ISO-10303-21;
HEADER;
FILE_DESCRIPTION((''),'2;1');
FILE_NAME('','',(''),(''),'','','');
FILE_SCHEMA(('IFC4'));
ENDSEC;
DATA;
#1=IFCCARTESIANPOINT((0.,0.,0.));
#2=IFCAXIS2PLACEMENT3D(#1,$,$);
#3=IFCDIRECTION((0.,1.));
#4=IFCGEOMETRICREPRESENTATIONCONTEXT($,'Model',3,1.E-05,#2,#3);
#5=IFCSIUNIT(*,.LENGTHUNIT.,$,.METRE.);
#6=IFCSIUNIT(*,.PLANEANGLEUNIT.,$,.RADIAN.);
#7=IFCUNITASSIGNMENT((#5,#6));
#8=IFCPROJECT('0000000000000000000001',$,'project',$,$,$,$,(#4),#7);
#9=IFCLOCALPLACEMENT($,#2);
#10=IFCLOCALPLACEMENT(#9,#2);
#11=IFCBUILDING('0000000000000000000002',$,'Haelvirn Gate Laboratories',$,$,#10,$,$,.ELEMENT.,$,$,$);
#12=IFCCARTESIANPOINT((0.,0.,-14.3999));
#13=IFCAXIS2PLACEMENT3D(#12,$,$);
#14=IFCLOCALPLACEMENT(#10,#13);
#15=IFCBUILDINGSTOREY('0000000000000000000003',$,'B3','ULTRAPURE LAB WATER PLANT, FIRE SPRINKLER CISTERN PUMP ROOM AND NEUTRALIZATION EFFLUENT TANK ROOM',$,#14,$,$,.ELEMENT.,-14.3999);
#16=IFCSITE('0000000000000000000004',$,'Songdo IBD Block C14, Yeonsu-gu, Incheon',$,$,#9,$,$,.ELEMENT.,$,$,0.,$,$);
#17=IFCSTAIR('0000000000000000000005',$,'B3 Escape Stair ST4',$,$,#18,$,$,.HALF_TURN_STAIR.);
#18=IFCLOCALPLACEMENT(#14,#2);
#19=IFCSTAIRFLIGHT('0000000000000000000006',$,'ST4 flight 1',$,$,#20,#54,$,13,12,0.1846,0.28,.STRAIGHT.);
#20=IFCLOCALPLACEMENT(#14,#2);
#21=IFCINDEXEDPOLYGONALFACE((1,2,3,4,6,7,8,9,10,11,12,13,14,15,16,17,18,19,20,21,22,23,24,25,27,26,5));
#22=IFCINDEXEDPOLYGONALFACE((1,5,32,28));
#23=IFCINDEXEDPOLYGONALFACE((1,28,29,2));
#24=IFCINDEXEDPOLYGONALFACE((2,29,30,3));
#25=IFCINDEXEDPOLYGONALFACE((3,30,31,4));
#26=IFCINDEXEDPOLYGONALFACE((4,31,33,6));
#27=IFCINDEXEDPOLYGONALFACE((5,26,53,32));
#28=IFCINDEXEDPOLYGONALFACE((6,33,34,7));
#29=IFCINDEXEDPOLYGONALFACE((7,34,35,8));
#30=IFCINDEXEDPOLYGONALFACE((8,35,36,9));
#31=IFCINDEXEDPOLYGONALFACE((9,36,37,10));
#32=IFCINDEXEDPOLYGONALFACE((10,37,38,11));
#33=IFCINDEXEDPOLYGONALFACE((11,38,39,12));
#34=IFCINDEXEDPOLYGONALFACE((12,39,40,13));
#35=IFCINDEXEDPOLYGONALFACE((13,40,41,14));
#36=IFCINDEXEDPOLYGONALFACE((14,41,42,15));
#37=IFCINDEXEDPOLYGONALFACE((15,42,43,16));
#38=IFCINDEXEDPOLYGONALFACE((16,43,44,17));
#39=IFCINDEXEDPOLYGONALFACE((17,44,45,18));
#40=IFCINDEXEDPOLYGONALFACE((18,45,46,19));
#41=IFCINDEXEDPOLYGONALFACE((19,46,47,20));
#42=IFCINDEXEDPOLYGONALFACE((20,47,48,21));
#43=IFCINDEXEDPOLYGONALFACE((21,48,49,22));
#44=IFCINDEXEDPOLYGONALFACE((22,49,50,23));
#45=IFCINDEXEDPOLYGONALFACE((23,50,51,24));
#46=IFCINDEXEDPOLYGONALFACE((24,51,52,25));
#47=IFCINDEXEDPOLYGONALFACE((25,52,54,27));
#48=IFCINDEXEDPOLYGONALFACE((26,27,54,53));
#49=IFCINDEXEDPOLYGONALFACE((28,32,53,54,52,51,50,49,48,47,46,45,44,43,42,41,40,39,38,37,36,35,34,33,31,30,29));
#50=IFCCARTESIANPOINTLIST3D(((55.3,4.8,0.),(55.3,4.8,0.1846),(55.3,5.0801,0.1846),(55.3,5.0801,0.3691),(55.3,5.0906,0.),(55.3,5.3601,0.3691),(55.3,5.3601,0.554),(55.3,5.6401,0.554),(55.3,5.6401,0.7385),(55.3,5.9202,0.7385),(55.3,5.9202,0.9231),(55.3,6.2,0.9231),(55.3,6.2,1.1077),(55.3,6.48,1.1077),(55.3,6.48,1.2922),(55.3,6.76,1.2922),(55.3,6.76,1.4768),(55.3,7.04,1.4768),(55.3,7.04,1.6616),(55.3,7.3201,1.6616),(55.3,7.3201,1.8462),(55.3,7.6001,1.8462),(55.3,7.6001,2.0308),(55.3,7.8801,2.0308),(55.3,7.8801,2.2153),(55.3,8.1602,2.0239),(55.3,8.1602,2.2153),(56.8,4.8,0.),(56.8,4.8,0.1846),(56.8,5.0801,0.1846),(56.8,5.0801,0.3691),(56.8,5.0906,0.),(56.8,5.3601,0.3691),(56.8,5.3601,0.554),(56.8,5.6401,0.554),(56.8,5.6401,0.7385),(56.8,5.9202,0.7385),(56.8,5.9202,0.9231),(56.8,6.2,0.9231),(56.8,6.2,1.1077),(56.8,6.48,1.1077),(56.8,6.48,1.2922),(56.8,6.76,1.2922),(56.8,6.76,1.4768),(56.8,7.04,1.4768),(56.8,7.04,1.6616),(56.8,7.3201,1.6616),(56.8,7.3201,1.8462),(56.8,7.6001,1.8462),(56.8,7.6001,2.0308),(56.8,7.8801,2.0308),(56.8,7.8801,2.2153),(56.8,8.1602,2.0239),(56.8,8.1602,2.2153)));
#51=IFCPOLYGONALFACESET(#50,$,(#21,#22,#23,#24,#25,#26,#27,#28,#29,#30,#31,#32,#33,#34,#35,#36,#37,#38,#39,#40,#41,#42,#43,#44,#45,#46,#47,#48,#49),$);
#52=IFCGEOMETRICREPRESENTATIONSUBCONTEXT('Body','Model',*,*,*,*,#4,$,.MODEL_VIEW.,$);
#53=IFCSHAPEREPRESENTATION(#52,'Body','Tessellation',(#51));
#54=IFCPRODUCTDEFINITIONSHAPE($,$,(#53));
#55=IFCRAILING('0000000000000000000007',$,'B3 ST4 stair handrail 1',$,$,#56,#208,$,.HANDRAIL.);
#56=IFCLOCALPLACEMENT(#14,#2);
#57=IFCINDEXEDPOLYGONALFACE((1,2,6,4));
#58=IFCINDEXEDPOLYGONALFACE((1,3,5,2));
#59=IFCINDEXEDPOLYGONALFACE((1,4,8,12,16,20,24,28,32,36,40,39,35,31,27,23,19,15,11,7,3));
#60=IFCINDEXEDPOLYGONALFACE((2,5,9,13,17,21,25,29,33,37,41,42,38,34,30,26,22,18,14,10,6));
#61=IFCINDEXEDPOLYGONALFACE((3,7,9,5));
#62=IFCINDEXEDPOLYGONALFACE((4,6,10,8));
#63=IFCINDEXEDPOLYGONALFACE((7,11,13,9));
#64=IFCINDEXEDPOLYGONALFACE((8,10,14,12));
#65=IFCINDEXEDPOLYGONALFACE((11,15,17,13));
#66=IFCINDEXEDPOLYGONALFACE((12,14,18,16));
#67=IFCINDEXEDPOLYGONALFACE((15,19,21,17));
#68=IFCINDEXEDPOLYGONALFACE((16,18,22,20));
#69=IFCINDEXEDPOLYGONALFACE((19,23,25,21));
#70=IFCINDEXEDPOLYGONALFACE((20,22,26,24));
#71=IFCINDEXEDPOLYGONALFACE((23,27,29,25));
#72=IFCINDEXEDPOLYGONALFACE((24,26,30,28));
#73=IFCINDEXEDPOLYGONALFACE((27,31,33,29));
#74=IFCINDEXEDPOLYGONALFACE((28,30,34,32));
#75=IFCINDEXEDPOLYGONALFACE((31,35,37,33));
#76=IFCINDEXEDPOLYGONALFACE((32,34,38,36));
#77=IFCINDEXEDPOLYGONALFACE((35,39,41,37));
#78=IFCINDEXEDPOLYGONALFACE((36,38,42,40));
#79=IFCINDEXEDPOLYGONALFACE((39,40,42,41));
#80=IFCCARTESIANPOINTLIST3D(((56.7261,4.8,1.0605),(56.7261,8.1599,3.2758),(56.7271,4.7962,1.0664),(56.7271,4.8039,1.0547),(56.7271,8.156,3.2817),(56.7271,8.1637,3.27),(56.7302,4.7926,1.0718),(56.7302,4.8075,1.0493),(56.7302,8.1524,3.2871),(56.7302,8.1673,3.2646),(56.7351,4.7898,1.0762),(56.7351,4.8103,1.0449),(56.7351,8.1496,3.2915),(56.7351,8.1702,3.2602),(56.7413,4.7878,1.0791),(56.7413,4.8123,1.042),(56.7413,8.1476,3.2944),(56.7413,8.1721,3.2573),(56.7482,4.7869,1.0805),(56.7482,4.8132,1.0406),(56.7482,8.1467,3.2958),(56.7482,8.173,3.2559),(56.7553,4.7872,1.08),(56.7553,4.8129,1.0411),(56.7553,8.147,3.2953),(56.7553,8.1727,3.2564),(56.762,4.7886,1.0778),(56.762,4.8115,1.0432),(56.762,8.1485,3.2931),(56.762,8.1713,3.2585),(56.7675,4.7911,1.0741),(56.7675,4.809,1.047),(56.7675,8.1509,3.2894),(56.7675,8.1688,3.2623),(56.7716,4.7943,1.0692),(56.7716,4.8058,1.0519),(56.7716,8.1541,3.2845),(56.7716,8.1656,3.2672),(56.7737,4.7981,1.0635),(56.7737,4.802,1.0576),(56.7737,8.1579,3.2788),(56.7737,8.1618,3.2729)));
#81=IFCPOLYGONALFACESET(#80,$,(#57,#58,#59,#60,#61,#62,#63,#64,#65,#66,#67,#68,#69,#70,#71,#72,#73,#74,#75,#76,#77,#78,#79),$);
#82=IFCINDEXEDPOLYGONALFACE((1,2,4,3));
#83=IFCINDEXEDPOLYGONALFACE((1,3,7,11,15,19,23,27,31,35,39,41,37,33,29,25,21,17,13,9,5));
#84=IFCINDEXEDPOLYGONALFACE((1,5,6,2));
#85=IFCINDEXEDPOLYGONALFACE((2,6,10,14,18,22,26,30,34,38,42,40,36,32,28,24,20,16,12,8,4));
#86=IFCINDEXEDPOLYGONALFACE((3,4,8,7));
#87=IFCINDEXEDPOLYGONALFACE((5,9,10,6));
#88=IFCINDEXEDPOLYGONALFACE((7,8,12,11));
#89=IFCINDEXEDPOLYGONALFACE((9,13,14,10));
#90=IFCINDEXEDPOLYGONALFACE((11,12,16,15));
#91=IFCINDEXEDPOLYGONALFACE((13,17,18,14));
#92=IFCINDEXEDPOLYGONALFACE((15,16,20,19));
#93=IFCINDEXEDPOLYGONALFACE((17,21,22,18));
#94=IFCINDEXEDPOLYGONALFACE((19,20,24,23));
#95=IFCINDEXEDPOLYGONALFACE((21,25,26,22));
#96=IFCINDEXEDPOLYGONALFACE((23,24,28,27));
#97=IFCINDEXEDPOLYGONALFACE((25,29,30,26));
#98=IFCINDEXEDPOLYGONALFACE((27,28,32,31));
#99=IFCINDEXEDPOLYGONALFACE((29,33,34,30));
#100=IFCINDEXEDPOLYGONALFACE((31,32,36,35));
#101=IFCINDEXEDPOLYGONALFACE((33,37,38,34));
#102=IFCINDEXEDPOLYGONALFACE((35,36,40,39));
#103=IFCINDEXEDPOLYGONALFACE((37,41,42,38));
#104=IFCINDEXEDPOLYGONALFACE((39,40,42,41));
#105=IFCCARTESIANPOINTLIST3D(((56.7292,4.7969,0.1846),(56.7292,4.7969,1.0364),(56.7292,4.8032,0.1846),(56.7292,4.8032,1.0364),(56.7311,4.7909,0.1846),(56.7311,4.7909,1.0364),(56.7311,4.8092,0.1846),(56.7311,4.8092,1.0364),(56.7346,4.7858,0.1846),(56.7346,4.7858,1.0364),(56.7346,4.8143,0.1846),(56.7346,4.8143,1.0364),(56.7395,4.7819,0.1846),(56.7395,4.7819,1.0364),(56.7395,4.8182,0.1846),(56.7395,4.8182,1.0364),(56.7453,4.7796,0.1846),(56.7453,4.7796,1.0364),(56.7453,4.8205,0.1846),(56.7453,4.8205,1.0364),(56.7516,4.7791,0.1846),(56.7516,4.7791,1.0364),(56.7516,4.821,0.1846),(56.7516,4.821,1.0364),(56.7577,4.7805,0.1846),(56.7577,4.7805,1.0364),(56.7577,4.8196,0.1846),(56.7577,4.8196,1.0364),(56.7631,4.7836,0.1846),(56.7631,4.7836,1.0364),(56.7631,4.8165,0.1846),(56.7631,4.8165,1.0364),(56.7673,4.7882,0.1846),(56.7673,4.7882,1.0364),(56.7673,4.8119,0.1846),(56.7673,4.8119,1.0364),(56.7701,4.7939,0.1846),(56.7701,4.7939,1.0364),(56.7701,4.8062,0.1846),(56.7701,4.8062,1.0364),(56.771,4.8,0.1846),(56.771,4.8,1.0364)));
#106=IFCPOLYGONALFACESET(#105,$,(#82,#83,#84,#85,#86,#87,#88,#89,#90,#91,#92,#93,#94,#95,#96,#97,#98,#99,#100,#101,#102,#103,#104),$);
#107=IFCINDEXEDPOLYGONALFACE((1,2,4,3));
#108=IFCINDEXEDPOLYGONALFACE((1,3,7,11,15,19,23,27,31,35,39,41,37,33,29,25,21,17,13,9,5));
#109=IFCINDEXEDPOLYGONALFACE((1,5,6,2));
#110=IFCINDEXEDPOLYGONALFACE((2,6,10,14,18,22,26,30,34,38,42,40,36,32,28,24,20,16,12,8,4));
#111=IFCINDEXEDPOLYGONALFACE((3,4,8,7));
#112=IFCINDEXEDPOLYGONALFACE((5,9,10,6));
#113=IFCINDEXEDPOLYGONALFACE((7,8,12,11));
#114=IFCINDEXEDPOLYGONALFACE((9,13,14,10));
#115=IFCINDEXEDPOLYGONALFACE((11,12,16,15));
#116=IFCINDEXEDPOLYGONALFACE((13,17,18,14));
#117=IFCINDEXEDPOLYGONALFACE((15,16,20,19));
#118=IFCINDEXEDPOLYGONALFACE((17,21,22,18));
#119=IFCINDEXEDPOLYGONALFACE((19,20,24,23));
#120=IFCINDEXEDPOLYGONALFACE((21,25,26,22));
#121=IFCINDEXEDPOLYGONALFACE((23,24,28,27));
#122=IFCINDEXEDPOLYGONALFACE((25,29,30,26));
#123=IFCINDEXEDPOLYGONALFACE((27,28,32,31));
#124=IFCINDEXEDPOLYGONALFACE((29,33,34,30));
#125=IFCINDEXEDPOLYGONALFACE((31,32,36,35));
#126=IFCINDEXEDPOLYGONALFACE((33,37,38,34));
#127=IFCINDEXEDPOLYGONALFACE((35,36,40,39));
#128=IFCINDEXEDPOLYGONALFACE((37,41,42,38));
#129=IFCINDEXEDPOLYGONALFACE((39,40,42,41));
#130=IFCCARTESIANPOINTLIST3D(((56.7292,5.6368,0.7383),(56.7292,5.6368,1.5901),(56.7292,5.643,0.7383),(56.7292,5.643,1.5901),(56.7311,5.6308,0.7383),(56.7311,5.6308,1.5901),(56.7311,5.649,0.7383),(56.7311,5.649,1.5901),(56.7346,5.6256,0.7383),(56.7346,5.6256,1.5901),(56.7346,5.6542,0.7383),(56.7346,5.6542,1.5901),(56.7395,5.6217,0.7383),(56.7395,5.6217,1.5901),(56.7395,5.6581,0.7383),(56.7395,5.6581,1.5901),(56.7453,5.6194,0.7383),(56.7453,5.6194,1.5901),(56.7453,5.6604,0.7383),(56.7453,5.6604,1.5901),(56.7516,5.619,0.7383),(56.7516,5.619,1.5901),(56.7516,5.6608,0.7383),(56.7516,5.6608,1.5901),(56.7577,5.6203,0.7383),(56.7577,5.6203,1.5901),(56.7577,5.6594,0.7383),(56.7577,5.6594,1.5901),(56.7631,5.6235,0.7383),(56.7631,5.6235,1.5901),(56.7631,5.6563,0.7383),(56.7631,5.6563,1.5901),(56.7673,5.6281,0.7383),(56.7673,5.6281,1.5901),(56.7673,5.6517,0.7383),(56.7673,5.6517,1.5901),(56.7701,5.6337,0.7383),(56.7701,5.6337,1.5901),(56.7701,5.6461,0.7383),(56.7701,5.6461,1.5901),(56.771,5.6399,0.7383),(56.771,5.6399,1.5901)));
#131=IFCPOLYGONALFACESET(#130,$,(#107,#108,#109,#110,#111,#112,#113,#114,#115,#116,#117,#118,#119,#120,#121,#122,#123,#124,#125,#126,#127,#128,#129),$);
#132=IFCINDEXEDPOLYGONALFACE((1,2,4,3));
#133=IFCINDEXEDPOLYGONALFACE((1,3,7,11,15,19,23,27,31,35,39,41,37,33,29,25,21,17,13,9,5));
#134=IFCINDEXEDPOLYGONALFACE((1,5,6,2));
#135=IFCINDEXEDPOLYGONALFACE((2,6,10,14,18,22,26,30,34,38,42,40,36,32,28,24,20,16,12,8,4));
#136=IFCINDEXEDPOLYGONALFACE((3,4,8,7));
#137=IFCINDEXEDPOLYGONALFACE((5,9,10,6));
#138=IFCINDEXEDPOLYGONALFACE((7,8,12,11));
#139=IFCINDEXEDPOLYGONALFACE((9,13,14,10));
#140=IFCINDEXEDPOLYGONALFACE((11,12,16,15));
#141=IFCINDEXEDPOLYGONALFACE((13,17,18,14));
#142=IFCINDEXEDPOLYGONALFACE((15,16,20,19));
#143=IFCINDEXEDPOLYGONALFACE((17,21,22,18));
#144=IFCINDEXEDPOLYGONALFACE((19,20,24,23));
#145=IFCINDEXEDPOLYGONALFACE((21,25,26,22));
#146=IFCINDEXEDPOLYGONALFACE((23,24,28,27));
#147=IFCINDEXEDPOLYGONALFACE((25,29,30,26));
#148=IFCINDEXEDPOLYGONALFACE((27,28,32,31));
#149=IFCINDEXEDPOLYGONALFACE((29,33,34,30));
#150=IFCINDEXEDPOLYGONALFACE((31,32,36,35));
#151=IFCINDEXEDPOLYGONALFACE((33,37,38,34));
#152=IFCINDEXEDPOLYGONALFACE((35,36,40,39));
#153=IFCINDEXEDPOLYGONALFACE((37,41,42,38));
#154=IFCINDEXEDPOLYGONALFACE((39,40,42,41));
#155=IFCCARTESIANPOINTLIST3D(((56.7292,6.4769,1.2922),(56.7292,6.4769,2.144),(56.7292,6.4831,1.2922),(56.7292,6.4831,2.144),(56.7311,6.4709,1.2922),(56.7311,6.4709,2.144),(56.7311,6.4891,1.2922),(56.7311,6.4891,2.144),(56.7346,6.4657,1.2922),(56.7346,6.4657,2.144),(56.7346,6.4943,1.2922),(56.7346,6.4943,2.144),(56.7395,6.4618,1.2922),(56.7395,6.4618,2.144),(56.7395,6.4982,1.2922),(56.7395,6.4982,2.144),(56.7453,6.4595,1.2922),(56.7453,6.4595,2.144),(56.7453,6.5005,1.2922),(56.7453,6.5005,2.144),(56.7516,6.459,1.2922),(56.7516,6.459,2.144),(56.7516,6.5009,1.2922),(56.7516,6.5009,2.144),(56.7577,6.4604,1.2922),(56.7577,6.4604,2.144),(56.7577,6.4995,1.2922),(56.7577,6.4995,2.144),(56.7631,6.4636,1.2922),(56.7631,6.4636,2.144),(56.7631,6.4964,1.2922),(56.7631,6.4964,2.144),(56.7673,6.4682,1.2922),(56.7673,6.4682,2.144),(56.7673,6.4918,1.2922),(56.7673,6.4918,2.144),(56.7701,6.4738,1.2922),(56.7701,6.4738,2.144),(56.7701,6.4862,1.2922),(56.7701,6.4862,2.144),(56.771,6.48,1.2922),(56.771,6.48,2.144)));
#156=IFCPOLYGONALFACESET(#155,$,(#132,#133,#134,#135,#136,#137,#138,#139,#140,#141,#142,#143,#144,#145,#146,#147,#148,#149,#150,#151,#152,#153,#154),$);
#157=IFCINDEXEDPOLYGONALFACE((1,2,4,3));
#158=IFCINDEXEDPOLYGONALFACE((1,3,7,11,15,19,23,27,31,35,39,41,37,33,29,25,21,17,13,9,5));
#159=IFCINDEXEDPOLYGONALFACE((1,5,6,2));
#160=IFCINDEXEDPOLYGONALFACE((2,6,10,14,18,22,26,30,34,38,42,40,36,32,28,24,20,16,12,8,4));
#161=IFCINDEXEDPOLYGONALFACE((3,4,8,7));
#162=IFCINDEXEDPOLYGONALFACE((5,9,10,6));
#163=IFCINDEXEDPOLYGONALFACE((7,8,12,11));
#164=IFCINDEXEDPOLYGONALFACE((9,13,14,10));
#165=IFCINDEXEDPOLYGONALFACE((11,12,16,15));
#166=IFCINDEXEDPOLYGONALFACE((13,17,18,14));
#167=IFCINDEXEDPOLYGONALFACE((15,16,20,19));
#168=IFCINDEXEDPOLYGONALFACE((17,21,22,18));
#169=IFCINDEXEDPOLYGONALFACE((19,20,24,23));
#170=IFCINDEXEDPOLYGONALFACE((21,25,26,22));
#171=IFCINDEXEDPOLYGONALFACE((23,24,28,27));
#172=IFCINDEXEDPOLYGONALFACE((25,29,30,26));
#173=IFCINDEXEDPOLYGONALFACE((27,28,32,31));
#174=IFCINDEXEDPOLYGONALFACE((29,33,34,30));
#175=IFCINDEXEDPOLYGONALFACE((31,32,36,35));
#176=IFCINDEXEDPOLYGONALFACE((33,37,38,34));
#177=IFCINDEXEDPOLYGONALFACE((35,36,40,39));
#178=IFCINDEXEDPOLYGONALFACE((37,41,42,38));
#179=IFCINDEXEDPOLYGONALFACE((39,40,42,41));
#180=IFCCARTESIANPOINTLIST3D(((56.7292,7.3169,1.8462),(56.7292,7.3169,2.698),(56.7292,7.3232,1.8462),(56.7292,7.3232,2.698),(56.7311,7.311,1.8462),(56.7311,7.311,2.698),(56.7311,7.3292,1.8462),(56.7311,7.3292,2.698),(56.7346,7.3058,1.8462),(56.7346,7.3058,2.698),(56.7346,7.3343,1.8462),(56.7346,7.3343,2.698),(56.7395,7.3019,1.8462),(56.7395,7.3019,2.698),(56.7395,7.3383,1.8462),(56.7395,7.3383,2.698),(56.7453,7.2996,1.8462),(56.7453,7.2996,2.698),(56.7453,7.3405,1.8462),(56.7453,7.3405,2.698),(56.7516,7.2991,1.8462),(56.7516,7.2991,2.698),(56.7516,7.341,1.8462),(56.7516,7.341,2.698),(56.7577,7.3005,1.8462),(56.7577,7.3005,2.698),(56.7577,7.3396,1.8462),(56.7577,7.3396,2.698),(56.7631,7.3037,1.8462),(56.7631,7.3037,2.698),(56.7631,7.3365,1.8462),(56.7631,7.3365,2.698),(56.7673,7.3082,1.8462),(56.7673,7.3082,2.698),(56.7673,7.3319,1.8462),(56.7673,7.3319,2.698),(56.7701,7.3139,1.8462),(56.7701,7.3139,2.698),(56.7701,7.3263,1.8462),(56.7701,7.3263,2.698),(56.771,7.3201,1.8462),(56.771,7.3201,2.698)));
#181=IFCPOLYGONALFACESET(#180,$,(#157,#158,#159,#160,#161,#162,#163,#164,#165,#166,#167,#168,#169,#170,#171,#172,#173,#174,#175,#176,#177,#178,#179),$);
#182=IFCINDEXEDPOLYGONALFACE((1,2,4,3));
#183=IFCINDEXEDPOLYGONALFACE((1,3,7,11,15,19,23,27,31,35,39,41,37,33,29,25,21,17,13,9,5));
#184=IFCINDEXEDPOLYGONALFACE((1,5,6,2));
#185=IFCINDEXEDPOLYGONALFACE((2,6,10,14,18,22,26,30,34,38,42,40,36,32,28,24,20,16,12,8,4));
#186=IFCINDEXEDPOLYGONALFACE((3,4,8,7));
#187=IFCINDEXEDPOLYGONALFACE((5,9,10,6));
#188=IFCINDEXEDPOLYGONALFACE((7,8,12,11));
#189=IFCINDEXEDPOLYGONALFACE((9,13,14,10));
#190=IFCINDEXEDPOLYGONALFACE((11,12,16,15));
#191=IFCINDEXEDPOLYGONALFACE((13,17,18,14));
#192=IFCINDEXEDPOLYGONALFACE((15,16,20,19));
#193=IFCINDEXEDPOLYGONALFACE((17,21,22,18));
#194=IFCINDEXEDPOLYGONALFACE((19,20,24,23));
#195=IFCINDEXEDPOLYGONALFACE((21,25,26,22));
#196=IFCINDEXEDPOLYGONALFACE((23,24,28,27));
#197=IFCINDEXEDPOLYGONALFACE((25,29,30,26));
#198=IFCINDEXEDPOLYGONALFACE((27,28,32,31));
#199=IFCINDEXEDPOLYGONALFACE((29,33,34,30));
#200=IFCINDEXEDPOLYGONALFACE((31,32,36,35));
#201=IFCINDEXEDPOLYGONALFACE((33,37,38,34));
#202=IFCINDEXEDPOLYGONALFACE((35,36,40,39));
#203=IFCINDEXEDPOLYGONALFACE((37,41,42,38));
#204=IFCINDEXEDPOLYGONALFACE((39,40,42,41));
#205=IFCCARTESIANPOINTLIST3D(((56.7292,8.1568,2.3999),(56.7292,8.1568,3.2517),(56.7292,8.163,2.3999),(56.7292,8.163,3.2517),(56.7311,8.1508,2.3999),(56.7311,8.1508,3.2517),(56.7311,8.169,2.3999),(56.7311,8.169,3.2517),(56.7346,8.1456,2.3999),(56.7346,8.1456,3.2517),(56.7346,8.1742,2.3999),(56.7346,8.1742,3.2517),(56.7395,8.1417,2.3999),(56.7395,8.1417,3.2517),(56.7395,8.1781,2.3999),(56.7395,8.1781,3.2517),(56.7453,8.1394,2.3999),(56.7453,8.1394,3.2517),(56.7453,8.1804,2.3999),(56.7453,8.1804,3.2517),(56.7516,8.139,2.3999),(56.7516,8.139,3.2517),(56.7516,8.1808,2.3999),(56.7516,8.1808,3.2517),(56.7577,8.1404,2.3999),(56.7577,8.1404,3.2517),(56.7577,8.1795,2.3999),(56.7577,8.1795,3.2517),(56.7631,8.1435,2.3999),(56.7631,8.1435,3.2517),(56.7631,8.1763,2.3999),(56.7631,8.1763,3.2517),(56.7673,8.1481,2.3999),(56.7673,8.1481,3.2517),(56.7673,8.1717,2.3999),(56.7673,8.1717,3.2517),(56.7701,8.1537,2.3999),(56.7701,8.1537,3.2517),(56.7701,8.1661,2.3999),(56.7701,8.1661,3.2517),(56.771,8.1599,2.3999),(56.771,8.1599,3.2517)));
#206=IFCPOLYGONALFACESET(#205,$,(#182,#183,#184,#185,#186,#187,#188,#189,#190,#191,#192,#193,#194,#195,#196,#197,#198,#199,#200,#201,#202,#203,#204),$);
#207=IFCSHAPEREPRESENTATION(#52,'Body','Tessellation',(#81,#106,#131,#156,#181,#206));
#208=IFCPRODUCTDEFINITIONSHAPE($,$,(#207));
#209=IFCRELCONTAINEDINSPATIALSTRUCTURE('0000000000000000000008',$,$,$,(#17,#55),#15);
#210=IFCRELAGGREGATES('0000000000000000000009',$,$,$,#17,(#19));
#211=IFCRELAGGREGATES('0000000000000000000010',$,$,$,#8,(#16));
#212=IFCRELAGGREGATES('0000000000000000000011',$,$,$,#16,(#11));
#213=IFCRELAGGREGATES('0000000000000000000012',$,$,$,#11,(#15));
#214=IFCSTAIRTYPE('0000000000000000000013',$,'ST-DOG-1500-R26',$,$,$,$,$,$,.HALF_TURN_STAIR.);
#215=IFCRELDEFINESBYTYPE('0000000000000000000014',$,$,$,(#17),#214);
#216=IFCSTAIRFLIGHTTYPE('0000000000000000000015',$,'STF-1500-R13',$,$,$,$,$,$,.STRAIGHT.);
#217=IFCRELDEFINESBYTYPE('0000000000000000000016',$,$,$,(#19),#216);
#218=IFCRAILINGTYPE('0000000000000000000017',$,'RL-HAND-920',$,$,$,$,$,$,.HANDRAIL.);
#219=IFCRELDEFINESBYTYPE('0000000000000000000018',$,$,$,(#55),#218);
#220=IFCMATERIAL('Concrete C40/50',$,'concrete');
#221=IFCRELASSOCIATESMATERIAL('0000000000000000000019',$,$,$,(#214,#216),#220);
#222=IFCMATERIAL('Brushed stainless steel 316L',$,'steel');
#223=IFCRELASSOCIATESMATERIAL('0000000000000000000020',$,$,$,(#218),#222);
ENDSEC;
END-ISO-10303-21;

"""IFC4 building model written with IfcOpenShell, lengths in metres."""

from ifc_helpers import new_model, si_unit, direction, frame, origin, origin_2d, place, context, subcontext, project, spatial, polyline, circle, outline, extrude, source, transform, mapped, material, type_object, type_shapes, element, aggregate, save


model = new_model("IFC4")

# Units and contexts
model_context = context("Model", 3, precision=1e-05, world=origin(), true_north=direction((0.0, 1.0)))
body_context = subcontext(model_context, "Body", "Model", "MODEL_VIEW")
ifc_project = project(units=[si_unit("LENGTHUNIT", "METRE"), si_unit("PLANEANGLEUNIT", "RADIAN")], contexts=[model_context])

# Site, building, storey
site_placement = place(None, origin())
site = spatial("IfcSite", under=ifc_project, at=site_placement, Name="Songdo IBD Block C14, Yeonsu-gu, Incheon", CompositionType="ELEMENT", RefElevation=0.0)
building_placement = place(site_placement, origin())
building = spatial("IfcBuilding", under=site, at=building_placement, Name="Haelvirn Gate Laboratories", CompositionType="ELEMENT")
storey_placement = place(building_placement, frame((0.0, 0.0, -14.3999)))
storey = spatial("IfcBuildingStorey", under=building, at=storey_placement, Name="B3", Description="ULTRAPURE LAB WATER PLANT, FIRE SPRINKLER CISTERN PUMP ROOM AND NEUTRALIZATION EFFLUENT TANK ROOM", CompositionType="ELEMENT", Elevation=-14.3999)

# Stair, stair flight
ifc_material_1 = material(Name="Concrete C40/50", Category="concrete")
stair_type = type_object("IfcStairType", Name="ST-DOG-1500-R26", PredefinedType="HALF_TURN_STAIR", material=ifc_material_1)
stair_placement = place(storey_placement, origin())
stair = element("IfcStair", 1, at=stair_placement, inside=storey, type_object=stair_type, Name="B3 Escape Stair ST4", PredefinedType="HALF_TURN_STAIR")
stair_flight_type = type_object("IfcStairFlightType", Name="STF-1500-R13", PredefinedType="STRAIGHT", material=ifc_material_1)
shared_shape_1 = source(origin(), body_context, "Body", "SweptSolid", [
    extrude(outline(polyline([(0.0, 0.0), (0.0, 0.1846), (0.28, 0.1846), (0.28, 0.3691), (0.5601, 0.3691), (0.5601, 0.554), (0.8401, 0.554), (0.8401, 0.7385), (1.1201, 0.7385), (1.1201, 0.9231), (1.3999, 0.9231), (1.3999, 1.1077), (1.6799, 1.1077), (1.6799, 1.2922), (1.96, 1.2922), (1.96, 1.4768), (2.24, 1.4768), (2.24, 1.6616), (2.52, 1.6616), (2.52, 1.8462), (2.8, 1.8462), (2.8, 2.0308), (3.0801, 2.0308), (3.0801, 2.2153), (3.3601, 2.2153), (3.3601, 2.3999), (3.3601, 2.0239), (0.2905, 0.0), (0.0, 0.0)])), frame((0.0, 0.75, 0.0), z_axis=(0.0, -1.0, 0.0), x_axis=(1.0, 0.0, 0.0)), (0.0, 0.0, 1.0), 1.5),
])
type_shapes(stair_flight_type, [shared_shape_1])
stair_flight_placement = place(storey_placement, frame((56.05, 4.8, 0.0), z_axis=(0.0, 0.0, 1.0), x_axis=(0.0, 1.0, 0.0)))
stair_flight = element("IfcStairFlight", 2, at=stair_flight_placement, type_object=stair_flight_type, Name="ST4 flight 1", NumberOfRisers=13, NumberOfTreads=12, PredefinedType="STRAIGHT", RiserHeight=0.1846, TreadLength=0.28, context=body_context, shape_type="MappedRepresentation", body=[
    mapped(shared_shape_1, transform((0.0, 0.0, 0.0), scale=1.0)),
])
aggregate(stair, [stair_flight])

# Railing
ifc_material_2 = material(Name="Brushed stainless steel 316L", Category="steel")
railing_type = type_object("IfcRailingType", Name="RL-HAND-920", PredefinedType="HANDRAIL", material=ifc_material_2)
shared_shape_2 = source(origin(), body_context, "Body", "SweptSolid", [
    extrude(circle(Radius=0.0239, at=origin_2d()), frame((0.0, 0.0, 0.876), z_axis=(0.0, 0.834858, 0.550465), x_axis=(-1.0, 0.0, 0.0)), (0.0, 0.0, 1.0), 4.0244),
    extrude(circle(Radius=0.021, at=origin_2d()), origin(), (0.0, 0.0, 1.0), 0.8518),
    extrude(circle(Radius=0.021, at=origin_2d()), frame((0.0, 0.8398, 0.5537)), (0.0, 0.0, 1.0), 0.8518),
    extrude(circle(Radius=0.021, at=origin_2d()), frame((0.0, 1.6799, 1.1077)), (0.0, 0.0, 1.0), 0.8518),
    extrude(circle(Radius=0.021, at=origin_2d()), frame((0.0, 2.52, 1.6616)), (0.0, 0.0, 1.0), 0.8518),
    extrude(circle(Radius=0.021, at=origin_2d()), frame((0.0, 3.3599, 2.2153)), (0.0, 0.0, 1.0), 0.8518),
])
type_shapes(railing_type, [shared_shape_2])
railing_placement = place(storey_placement, frame((56.75, 4.8, 0.1846)))
element("IfcRailing", 3, at=railing_placement, inside=storey, type_object=railing_type, Name="B3 ST4 stair handrail 1", PredefinedType="HANDRAIL", context=body_context, shape_type="MappedRepresentation", body=[
    mapped(shared_shape_2, transform((0.0, 0.0, 0.0), scale=1.0)),
])

save(model, "model.ifc")
